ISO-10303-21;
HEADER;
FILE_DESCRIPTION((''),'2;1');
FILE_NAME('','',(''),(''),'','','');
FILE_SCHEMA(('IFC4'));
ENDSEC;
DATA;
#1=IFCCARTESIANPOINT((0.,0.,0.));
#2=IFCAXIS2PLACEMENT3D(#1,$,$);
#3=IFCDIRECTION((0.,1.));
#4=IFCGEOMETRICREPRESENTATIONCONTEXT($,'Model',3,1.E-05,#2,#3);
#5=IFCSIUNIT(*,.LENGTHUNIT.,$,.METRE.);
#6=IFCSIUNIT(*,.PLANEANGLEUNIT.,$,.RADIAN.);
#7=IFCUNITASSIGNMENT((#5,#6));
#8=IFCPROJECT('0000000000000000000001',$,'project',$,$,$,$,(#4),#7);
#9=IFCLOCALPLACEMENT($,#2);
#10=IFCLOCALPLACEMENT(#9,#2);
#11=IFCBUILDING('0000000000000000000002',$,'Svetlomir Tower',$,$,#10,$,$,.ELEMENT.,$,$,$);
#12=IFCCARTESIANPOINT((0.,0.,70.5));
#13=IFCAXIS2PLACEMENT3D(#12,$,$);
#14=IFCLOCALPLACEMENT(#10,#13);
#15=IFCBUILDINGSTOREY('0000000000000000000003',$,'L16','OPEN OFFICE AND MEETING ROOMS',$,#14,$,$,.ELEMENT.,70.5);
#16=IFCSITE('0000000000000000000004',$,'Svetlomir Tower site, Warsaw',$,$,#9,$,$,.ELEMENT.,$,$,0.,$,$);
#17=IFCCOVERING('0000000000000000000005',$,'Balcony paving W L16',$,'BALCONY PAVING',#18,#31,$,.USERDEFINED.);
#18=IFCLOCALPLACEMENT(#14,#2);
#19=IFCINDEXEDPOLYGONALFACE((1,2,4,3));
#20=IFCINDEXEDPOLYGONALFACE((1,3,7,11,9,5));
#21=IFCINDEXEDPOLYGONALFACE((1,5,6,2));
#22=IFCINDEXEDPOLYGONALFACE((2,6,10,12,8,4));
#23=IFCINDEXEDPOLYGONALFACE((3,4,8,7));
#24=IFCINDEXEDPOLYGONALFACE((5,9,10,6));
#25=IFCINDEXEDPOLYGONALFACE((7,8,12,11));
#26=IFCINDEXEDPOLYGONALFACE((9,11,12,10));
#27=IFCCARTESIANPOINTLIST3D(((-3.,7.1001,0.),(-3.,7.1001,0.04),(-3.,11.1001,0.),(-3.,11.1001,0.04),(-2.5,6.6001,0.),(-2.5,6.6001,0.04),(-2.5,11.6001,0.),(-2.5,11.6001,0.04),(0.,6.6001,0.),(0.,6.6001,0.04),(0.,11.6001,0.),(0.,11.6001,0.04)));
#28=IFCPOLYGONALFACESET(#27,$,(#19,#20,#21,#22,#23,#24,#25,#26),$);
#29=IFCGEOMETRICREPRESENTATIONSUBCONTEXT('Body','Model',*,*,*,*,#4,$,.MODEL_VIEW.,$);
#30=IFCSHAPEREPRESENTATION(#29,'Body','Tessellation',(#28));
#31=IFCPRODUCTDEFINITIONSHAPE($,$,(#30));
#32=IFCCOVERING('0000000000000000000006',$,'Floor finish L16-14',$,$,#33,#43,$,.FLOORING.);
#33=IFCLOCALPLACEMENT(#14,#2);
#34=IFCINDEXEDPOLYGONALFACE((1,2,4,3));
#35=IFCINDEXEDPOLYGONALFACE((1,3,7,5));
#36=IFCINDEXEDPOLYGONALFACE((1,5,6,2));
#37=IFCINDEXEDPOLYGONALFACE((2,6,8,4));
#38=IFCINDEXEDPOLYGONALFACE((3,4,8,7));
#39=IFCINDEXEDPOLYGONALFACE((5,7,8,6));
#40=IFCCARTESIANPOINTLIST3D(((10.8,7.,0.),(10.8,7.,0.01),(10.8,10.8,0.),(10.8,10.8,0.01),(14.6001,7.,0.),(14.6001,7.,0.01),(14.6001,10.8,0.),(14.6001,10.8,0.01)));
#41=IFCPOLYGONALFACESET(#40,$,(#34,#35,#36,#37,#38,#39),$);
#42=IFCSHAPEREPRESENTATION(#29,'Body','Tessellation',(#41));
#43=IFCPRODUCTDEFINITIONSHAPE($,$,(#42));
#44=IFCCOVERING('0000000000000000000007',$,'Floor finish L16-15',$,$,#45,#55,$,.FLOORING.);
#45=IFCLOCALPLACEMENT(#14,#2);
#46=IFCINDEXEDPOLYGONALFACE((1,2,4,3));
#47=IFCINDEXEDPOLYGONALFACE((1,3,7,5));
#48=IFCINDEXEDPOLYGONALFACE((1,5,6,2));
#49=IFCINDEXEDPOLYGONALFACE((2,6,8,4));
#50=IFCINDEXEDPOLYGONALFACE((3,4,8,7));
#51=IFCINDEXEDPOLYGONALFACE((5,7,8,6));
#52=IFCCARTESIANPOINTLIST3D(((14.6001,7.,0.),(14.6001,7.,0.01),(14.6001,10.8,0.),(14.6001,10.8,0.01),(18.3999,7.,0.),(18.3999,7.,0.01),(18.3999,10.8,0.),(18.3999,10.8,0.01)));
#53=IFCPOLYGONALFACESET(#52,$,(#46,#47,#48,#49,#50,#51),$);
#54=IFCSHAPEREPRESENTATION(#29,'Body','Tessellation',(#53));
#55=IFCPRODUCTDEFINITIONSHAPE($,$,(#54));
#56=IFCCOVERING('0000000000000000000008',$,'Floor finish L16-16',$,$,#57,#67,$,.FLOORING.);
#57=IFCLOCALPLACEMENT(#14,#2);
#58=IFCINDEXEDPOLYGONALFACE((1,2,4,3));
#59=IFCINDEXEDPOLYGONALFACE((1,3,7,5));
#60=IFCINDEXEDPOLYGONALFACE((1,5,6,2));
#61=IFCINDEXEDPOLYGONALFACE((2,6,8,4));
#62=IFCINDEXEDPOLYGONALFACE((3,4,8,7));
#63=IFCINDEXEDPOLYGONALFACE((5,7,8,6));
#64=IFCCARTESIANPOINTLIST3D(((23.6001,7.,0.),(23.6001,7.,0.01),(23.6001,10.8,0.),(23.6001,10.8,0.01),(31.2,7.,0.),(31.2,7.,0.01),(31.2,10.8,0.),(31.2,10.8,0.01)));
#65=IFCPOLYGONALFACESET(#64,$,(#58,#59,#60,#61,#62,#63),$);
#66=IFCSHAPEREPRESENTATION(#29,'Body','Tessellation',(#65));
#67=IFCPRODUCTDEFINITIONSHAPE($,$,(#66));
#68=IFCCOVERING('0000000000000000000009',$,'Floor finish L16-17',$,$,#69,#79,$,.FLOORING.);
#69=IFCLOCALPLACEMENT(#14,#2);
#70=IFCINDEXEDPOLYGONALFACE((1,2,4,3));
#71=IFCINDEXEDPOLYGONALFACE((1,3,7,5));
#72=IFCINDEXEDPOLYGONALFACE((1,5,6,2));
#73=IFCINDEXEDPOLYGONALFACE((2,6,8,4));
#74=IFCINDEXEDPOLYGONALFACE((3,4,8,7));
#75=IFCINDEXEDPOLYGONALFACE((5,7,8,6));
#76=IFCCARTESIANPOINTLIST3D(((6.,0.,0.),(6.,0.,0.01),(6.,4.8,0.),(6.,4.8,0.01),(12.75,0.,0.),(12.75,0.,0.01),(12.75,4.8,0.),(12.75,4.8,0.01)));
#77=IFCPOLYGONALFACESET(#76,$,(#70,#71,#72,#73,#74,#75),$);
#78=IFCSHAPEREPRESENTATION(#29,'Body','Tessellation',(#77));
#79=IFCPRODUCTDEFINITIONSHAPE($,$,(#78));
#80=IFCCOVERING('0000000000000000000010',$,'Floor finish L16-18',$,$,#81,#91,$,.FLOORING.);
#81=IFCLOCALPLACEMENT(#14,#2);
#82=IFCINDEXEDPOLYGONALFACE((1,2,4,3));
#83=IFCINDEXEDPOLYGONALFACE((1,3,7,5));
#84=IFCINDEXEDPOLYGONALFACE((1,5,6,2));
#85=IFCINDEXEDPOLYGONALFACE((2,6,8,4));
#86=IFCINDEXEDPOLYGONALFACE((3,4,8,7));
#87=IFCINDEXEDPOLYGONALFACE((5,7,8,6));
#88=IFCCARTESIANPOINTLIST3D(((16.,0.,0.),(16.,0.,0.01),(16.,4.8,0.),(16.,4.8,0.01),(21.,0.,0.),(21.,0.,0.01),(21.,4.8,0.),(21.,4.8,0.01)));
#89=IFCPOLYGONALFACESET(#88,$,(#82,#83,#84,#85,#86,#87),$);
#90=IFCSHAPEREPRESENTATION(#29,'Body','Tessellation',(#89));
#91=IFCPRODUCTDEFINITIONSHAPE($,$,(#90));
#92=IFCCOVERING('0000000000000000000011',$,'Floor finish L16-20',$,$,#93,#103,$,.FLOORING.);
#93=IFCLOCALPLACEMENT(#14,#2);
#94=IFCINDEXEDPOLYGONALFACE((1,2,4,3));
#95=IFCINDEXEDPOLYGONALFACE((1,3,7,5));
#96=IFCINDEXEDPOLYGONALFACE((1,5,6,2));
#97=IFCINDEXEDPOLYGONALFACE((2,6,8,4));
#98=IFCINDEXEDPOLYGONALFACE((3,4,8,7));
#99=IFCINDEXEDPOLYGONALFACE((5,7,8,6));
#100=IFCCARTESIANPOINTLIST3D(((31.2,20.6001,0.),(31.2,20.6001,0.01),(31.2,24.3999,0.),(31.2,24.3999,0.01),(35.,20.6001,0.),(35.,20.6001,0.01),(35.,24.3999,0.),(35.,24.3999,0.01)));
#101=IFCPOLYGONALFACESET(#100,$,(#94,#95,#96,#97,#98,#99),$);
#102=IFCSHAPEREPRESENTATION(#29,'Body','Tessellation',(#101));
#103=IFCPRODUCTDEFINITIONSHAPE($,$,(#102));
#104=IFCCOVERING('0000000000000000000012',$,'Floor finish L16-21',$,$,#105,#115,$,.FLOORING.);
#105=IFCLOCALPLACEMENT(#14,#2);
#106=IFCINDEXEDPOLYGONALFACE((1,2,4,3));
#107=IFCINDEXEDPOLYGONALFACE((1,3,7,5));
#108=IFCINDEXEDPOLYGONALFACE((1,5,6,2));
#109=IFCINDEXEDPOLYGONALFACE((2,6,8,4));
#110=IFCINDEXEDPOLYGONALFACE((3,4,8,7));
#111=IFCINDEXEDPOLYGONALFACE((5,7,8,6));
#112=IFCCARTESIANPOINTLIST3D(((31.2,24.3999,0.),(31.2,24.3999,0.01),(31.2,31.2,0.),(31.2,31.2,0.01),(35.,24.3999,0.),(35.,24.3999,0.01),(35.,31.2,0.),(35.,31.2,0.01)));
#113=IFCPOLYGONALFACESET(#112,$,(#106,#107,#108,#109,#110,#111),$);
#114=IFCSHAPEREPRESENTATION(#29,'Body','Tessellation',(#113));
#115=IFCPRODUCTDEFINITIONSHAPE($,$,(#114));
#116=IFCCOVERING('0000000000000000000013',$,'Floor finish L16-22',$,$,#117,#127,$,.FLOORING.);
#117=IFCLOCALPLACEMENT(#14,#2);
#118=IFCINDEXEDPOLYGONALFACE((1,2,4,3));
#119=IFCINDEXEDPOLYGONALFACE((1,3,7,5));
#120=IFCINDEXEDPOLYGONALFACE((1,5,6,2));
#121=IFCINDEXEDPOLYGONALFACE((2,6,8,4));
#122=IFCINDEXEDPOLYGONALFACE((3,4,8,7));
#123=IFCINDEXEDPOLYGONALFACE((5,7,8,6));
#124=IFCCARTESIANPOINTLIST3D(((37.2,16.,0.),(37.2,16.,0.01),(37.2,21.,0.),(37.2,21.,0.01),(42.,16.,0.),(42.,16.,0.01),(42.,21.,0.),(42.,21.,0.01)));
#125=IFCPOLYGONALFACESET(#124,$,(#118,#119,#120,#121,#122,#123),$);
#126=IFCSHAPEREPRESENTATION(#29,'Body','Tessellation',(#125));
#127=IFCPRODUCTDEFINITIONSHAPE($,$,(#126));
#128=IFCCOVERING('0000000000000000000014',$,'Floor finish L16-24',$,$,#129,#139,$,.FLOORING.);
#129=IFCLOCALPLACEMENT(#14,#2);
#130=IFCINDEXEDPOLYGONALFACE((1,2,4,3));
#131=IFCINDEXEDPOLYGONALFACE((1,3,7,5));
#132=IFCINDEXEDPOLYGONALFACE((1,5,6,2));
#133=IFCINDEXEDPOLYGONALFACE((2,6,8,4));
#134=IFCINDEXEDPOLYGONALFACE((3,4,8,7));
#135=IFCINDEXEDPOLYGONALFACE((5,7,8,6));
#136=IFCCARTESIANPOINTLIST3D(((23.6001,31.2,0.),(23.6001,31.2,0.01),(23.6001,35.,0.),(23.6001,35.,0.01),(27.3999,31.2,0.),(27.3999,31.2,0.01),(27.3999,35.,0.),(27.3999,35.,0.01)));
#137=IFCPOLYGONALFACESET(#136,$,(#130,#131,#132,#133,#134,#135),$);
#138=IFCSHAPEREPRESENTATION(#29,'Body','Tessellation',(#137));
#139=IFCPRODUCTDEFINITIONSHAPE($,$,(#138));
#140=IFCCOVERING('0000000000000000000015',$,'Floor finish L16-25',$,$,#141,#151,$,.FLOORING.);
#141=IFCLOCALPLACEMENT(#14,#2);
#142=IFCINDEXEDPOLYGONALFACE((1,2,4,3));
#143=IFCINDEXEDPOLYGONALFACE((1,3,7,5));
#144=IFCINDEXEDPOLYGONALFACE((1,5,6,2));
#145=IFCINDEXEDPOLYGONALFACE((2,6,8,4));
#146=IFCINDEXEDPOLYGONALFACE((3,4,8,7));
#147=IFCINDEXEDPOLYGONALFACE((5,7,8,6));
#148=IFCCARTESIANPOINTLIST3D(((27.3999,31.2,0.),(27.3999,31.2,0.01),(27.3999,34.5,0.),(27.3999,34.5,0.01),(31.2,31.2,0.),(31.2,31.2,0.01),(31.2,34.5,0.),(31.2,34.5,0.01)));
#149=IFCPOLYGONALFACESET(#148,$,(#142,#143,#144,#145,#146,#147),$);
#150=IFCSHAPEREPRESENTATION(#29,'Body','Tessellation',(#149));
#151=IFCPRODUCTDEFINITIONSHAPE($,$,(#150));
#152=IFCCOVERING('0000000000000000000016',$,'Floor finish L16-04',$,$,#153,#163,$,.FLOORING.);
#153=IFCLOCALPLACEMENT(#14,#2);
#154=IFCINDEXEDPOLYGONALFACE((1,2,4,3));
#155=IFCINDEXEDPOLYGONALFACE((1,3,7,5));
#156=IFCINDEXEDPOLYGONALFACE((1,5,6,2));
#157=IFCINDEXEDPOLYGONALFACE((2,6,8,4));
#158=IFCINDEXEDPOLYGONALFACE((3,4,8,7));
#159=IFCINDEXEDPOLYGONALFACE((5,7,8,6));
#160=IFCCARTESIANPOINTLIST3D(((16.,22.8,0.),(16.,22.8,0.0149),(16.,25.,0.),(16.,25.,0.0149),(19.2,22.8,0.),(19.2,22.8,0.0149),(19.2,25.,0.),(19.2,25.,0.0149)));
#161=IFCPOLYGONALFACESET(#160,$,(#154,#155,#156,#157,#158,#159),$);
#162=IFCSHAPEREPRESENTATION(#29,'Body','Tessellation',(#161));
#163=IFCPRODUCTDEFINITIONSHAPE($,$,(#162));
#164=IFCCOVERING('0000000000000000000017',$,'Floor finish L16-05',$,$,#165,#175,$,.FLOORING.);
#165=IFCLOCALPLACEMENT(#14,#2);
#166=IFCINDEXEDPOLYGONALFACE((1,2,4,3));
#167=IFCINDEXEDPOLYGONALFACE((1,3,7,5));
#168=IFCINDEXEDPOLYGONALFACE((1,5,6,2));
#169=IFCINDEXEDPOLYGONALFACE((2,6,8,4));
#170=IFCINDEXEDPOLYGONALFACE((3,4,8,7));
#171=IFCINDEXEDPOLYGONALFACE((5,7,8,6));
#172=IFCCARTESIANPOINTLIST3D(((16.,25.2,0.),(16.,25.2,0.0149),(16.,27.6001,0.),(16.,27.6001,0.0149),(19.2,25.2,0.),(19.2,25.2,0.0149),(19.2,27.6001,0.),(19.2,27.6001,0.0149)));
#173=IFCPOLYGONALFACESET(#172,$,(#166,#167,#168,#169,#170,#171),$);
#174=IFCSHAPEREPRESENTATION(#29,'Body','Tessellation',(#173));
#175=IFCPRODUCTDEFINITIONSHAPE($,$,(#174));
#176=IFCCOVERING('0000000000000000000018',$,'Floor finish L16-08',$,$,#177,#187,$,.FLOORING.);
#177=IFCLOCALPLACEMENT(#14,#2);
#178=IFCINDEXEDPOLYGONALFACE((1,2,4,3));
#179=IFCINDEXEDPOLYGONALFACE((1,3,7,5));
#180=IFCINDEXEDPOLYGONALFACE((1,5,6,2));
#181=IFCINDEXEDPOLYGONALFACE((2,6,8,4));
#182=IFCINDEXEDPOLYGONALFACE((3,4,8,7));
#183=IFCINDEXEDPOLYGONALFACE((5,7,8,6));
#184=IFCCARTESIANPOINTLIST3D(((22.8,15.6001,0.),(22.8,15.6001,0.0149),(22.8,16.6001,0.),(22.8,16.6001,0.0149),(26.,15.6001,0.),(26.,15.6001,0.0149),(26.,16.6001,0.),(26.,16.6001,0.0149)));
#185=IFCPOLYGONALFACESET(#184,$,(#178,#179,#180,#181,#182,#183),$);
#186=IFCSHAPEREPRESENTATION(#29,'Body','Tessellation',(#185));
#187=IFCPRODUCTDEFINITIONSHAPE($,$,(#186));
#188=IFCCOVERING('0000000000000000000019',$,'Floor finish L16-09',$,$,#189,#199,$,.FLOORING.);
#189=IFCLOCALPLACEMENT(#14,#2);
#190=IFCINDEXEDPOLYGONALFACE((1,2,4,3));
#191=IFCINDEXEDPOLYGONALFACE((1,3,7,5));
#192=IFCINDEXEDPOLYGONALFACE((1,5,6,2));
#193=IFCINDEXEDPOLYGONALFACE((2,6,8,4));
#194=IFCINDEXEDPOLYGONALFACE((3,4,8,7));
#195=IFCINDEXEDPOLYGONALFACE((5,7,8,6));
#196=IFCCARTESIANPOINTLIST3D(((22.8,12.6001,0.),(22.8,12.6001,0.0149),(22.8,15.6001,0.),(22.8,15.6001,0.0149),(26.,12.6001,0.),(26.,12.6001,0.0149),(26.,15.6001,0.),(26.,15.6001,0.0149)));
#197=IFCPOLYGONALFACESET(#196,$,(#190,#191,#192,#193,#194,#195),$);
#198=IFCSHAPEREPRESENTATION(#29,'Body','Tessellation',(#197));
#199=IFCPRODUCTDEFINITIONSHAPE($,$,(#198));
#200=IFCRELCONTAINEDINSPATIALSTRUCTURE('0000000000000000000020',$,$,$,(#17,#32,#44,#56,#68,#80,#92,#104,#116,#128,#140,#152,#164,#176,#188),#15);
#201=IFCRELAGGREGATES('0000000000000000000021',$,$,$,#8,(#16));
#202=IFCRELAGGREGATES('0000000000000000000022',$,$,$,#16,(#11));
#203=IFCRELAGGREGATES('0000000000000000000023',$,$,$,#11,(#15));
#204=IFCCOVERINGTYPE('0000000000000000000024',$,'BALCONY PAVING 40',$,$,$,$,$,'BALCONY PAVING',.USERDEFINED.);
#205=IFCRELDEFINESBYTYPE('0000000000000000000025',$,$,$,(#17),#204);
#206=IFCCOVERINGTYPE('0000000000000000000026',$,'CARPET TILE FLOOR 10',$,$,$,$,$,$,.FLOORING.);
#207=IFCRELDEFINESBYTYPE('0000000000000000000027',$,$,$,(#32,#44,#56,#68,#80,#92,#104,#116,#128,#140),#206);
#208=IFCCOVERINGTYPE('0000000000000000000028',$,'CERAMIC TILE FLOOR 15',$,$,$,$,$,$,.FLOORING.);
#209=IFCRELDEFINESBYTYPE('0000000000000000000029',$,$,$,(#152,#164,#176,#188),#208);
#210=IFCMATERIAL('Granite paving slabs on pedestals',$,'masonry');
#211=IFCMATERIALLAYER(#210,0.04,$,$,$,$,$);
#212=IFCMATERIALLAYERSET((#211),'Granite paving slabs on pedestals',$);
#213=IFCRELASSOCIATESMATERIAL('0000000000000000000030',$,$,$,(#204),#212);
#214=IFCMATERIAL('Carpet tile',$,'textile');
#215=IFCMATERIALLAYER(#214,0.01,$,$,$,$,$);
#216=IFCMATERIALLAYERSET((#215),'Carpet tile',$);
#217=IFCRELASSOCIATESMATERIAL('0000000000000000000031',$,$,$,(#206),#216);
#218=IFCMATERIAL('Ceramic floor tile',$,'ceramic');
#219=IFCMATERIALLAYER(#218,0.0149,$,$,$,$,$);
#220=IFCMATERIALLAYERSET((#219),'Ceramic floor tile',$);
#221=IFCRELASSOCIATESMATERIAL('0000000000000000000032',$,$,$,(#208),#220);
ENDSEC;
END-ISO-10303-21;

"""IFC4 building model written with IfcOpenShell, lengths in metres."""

from ifc_helpers import new_model, si_unit, direction, frame, origin, place, context, subcontext, project, spatial, polyline, outline, extrude, material, layer, layer_set, type_object, element, save


model = new_model("IFC4")

# Units and contexts
model_context = context("Model", 3, precision=1e-05, world=origin(), true_north=direction((0.0, 1.0)))
body_context = subcontext(model_context, "Body", "Model", "MODEL_VIEW")
ifc_project = project(units=[si_unit("LENGTHUNIT", "METRE"), si_unit("PLANEANGLEUNIT", "RADIAN")], contexts=[model_context])

# Site, building, storey
site_placement = place(None, origin())
site = spatial("IfcSite", under=ifc_project, at=site_placement, Name="Svetlomir Tower site, Warsaw", CompositionType="ELEMENT", RefElevation=0.0)
building_placement = place(site_placement, origin())
building = spatial("IfcBuilding", under=site, at=building_placement, Name="Svetlomir Tower", CompositionType="ELEMENT")
storey_placement = place(building_placement, frame((0.0, 0.0, 70.5)))
storey = spatial("IfcBuildingStorey", under=building, at=storey_placement, Name="L16", Description="OPEN OFFICE AND MEETING ROOMS", CompositionType="ELEMENT", Elevation=70.5)

# Coverings
ifc_material_1 = material(Name="Granite paving slabs on pedestals", Category="masonry")
ifc_layer_1 = layer(ifc_material_1, 0.04)
ifc_layer_set_1 = layer_set([ifc_layer_1], Name="Granite paving slabs on pedestals")
covering_type_1 = type_object("IfcCoveringType", Name="BALCONY PAVING 40", ElementType="BALCONY PAVING", PredefinedType="USERDEFINED", material=ifc_layer_set_1)
covering_1_placement = place(storey_placement, origin())
element("IfcCovering", 1, at=covering_1_placement, inside=storey, type_object=covering_type_1, Name="Balcony paving W L16", ObjectType="BALCONY PAVING", PredefinedType="USERDEFINED", context=body_context, shape_type="SweptSolid", body=[
    extrude(outline(polyline([(-2.5, 6.6001), (0.0, 6.6001), (0.0, 11.6001), (-2.5, 11.6001), (-3.0, 11.1001), (-3.0, 7.1001), (-2.5, 6.6001)])), origin(), (0.0, 0.0, 1.0), 0.04),
])
ifc_material_2 = material(Name="Carpet tile", Category="textile")
ifc_layer_2 = layer(ifc_material_2, 0.01)
ifc_layer_set_2 = layer_set([ifc_layer_2], Name="Carpet tile")
covering_type_2 = type_object("IfcCoveringType", Name="CARPET TILE FLOOR 10", PredefinedType="FLOORING", material=ifc_layer_set_2)
covering_2_placement = place(storey_placement, origin())
element("IfcCovering", 2, at=covering_2_placement, inside=storey, type_object=covering_type_2, Name="Floor finish L16-14", PredefinedType="FLOORING", context=body_context, shape_type="SweptSolid", body=[
    extrude(outline(polyline([(10.8, 7.0), (14.6001, 7.0), (14.6001, 10.8), (10.8, 10.8), (10.8, 7.0)])), origin(), (0.0, 0.0, 1.0), 0.01),
])
covering_3_placement = place(storey_placement, origin())
element("IfcCovering", 3, at=covering_3_placement, inside=storey, type_object=covering_type_2, Name="Floor finish L16-15", PredefinedType="FLOORING", context=body_context, shape_type="SweptSolid", body=[
    extrude(outline(polyline([(14.6001, 7.0), (18.3999, 7.0), (18.3999, 10.8), (14.6001, 10.8), (14.6001, 7.0)])), origin(), (0.0, 0.0, 1.0), 0.01),
])
covering_4_placement = place(storey_placement, origin())
element("IfcCovering", 4, at=covering_4_placement, inside=storey, type_object=covering_type_2, Name="Floor finish L16-16", PredefinedType="FLOORING", context=body_context, shape_type="SweptSolid", body=[
    extrude(outline(polyline([(23.6001, 7.0), (31.2, 7.0), (31.2, 10.8), (23.6001, 10.8), (23.6001, 7.0)])), origin(), (0.0, 0.0, 1.0), 0.01),
])
covering_5_placement = place(storey_placement, origin())
element("IfcCovering", 5, at=covering_5_placement, inside=storey, type_object=covering_type_2, Name="Floor finish L16-17", PredefinedType="FLOORING", context=body_context, shape_type="SweptSolid", body=[
    extrude(outline(polyline([(6.0, 0.0), (12.75, 0.0), (12.75, 4.8), (6.0, 4.8), (6.0, 0.0)])), origin(), (0.0, 0.0, 1.0), 0.01),
])
covering_6_placement = place(storey_placement, origin())
element("IfcCovering", 6, at=covering_6_placement, inside=storey, type_object=covering_type_2, Name="Floor finish L16-18", PredefinedType="FLOORING", context=body_context, shape_type="SweptSolid", body=[
    extrude(outline(polyline([(16.0, 0.0), (21.0, 0.0), (21.0, 4.8), (16.0, 4.8), (16.0, 0.0)])), origin(), (0.0, 0.0, 1.0), 0.01),
])
covering_7_placement = place(storey_placement, origin())
element("IfcCovering", 7, at=covering_7_placement, inside=storey, type_object=covering_type_2, Name="Floor finish L16-20", PredefinedType="FLOORING", context=body_context, shape_type="SweptSolid", body=[
    extrude(outline(polyline([(31.2, 20.6001), (35.0, 20.6001), (35.0, 24.3999), (31.2, 24.3999), (31.2, 20.6001)])), origin(), (0.0, 0.0, 1.0), 0.01),
])
covering_8_placement = place(storey_placement, origin())
element("IfcCovering", 8, at=covering_8_placement, inside=storey, type_object=covering_type_2, Name="Floor finish L16-21", PredefinedType="FLOORING", context=body_context, shape_type="SweptSolid", body=[
    extrude(outline(polyline([(31.2, 24.3999), (35.0, 24.3999), (35.0, 31.2), (31.2, 31.2), (31.2, 24.3999)])), origin(), (0.0, 0.0, 1.0), 0.01),
])
covering_9_placement = place(storey_placement, origin())
element("IfcCovering", 9, at=covering_9_placement, inside=storey, type_object=covering_type_2, Name="Floor finish L16-22", PredefinedType="FLOORING", context=body_context, shape_type="SweptSolid", body=[
    extrude(outline(polyline([(37.2, 16.0), (42.0, 16.0), (42.0, 21.0), (37.2, 21.0), (37.2, 16.0)])), origin(), (0.0, 0.0, 1.0), 0.01),
])
covering_10_placement = place(storey_placement, origin())
element("IfcCovering", 10, at=covering_10_placement, inside=storey, type_object=covering_type_2, Name="Floor finish L16-24", PredefinedType="FLOORING", context=body_context, shape_type="SweptSolid", body=[
    extrude(outline(polyline([(23.6001, 31.2), (27.3999, 31.2), (27.3999, 35.0), (23.6001, 35.0), (23.6001, 31.2)])), origin(), (0.0, 0.0, 1.0), 0.01),
])
covering_11_placement = place(storey_placement, origin())
element("IfcCovering", 11, at=covering_11_placement, inside=storey, type_object=covering_type_2, Name="Floor finish L16-25", PredefinedType="FLOORING", context=body_context, shape_type="SweptSolid", body=[
    extrude(outline(polyline([(27.3999, 31.2), (31.2, 31.2), (31.2, 34.5), (27.3999, 34.5), (27.3999, 31.2)])), origin(), (0.0, 0.0, 1.0), 0.01),
])
ifc_material_3 = material(Name="Ceramic floor tile", Category="ceramic")
ifc_layer_3 = layer(ifc_material_3, 0.0149)
ifc_layer_set_3 = layer_set([ifc_layer_3], Name="Ceramic floor tile")
covering_type_3 = type_object("IfcCoveringType", Name="CERAMIC TILE FLOOR 15", PredefinedType="FLOORING", material=ifc_layer_set_3)
covering_12_placement = place(storey_placement, origin())
element("IfcCovering", 12, at=covering_12_placement, inside=storey, type_object=covering_type_3, Name="Floor finish L16-04", PredefinedType="FLOORING", context=body_context, shape_type="SweptSolid", body=[
    extrude(outline(polyline([(16.0, 22.8), (19.2, 22.8), (19.2, 25.0), (16.0, 25.0), (16.0, 22.8)])), origin(), (0.0, 0.0, 1.0), 0.0149),
])
covering_13_placement = place(storey_placement, origin())
element("IfcCovering", 13, at=covering_13_placement, inside=storey, type_object=covering_type_3, Name="Floor finish L16-05", PredefinedType="FLOORING", context=body_context, shape_type="SweptSolid", body=[
    extrude(outline(polyline([(16.0, 25.2), (19.2, 25.2), (19.2, 27.6001), (16.0, 27.6001), (16.0, 25.2)])), origin(), (0.0, 0.0, 1.0), 0.0149),
])
covering_14_placement = place(storey_placement, origin())
element("IfcCovering", 14, at=covering_14_placement, inside=storey, type_object=covering_type_3, Name="Floor finish L16-08", PredefinedType="FLOORING", context=body_context, shape_type="SweptSolid", body=[
    extrude(outline(polyline([(22.8, 15.6001), (26.0, 15.6001), (26.0, 16.6001), (22.8, 16.6001), (22.8, 15.6001)])), origin(), (0.0, 0.0, 1.0), 0.0149),
])
covering_15_placement = place(storey_placement, origin())
element("IfcCovering", 15, at=covering_15_placement, inside=storey, type_object=covering_type_3, Name="Floor finish L16-09", PredefinedType="FLOORING", context=body_context, shape_type="SweptSolid", body=[
    extrude(outline(polyline([(22.8, 12.6001), (26.0, 12.6001), (26.0, 15.6001), (22.8, 15.6001), (22.8, 12.6001)])), origin(), (0.0, 0.0, 1.0), 0.0149),
])

save(model, "model.ifc")
